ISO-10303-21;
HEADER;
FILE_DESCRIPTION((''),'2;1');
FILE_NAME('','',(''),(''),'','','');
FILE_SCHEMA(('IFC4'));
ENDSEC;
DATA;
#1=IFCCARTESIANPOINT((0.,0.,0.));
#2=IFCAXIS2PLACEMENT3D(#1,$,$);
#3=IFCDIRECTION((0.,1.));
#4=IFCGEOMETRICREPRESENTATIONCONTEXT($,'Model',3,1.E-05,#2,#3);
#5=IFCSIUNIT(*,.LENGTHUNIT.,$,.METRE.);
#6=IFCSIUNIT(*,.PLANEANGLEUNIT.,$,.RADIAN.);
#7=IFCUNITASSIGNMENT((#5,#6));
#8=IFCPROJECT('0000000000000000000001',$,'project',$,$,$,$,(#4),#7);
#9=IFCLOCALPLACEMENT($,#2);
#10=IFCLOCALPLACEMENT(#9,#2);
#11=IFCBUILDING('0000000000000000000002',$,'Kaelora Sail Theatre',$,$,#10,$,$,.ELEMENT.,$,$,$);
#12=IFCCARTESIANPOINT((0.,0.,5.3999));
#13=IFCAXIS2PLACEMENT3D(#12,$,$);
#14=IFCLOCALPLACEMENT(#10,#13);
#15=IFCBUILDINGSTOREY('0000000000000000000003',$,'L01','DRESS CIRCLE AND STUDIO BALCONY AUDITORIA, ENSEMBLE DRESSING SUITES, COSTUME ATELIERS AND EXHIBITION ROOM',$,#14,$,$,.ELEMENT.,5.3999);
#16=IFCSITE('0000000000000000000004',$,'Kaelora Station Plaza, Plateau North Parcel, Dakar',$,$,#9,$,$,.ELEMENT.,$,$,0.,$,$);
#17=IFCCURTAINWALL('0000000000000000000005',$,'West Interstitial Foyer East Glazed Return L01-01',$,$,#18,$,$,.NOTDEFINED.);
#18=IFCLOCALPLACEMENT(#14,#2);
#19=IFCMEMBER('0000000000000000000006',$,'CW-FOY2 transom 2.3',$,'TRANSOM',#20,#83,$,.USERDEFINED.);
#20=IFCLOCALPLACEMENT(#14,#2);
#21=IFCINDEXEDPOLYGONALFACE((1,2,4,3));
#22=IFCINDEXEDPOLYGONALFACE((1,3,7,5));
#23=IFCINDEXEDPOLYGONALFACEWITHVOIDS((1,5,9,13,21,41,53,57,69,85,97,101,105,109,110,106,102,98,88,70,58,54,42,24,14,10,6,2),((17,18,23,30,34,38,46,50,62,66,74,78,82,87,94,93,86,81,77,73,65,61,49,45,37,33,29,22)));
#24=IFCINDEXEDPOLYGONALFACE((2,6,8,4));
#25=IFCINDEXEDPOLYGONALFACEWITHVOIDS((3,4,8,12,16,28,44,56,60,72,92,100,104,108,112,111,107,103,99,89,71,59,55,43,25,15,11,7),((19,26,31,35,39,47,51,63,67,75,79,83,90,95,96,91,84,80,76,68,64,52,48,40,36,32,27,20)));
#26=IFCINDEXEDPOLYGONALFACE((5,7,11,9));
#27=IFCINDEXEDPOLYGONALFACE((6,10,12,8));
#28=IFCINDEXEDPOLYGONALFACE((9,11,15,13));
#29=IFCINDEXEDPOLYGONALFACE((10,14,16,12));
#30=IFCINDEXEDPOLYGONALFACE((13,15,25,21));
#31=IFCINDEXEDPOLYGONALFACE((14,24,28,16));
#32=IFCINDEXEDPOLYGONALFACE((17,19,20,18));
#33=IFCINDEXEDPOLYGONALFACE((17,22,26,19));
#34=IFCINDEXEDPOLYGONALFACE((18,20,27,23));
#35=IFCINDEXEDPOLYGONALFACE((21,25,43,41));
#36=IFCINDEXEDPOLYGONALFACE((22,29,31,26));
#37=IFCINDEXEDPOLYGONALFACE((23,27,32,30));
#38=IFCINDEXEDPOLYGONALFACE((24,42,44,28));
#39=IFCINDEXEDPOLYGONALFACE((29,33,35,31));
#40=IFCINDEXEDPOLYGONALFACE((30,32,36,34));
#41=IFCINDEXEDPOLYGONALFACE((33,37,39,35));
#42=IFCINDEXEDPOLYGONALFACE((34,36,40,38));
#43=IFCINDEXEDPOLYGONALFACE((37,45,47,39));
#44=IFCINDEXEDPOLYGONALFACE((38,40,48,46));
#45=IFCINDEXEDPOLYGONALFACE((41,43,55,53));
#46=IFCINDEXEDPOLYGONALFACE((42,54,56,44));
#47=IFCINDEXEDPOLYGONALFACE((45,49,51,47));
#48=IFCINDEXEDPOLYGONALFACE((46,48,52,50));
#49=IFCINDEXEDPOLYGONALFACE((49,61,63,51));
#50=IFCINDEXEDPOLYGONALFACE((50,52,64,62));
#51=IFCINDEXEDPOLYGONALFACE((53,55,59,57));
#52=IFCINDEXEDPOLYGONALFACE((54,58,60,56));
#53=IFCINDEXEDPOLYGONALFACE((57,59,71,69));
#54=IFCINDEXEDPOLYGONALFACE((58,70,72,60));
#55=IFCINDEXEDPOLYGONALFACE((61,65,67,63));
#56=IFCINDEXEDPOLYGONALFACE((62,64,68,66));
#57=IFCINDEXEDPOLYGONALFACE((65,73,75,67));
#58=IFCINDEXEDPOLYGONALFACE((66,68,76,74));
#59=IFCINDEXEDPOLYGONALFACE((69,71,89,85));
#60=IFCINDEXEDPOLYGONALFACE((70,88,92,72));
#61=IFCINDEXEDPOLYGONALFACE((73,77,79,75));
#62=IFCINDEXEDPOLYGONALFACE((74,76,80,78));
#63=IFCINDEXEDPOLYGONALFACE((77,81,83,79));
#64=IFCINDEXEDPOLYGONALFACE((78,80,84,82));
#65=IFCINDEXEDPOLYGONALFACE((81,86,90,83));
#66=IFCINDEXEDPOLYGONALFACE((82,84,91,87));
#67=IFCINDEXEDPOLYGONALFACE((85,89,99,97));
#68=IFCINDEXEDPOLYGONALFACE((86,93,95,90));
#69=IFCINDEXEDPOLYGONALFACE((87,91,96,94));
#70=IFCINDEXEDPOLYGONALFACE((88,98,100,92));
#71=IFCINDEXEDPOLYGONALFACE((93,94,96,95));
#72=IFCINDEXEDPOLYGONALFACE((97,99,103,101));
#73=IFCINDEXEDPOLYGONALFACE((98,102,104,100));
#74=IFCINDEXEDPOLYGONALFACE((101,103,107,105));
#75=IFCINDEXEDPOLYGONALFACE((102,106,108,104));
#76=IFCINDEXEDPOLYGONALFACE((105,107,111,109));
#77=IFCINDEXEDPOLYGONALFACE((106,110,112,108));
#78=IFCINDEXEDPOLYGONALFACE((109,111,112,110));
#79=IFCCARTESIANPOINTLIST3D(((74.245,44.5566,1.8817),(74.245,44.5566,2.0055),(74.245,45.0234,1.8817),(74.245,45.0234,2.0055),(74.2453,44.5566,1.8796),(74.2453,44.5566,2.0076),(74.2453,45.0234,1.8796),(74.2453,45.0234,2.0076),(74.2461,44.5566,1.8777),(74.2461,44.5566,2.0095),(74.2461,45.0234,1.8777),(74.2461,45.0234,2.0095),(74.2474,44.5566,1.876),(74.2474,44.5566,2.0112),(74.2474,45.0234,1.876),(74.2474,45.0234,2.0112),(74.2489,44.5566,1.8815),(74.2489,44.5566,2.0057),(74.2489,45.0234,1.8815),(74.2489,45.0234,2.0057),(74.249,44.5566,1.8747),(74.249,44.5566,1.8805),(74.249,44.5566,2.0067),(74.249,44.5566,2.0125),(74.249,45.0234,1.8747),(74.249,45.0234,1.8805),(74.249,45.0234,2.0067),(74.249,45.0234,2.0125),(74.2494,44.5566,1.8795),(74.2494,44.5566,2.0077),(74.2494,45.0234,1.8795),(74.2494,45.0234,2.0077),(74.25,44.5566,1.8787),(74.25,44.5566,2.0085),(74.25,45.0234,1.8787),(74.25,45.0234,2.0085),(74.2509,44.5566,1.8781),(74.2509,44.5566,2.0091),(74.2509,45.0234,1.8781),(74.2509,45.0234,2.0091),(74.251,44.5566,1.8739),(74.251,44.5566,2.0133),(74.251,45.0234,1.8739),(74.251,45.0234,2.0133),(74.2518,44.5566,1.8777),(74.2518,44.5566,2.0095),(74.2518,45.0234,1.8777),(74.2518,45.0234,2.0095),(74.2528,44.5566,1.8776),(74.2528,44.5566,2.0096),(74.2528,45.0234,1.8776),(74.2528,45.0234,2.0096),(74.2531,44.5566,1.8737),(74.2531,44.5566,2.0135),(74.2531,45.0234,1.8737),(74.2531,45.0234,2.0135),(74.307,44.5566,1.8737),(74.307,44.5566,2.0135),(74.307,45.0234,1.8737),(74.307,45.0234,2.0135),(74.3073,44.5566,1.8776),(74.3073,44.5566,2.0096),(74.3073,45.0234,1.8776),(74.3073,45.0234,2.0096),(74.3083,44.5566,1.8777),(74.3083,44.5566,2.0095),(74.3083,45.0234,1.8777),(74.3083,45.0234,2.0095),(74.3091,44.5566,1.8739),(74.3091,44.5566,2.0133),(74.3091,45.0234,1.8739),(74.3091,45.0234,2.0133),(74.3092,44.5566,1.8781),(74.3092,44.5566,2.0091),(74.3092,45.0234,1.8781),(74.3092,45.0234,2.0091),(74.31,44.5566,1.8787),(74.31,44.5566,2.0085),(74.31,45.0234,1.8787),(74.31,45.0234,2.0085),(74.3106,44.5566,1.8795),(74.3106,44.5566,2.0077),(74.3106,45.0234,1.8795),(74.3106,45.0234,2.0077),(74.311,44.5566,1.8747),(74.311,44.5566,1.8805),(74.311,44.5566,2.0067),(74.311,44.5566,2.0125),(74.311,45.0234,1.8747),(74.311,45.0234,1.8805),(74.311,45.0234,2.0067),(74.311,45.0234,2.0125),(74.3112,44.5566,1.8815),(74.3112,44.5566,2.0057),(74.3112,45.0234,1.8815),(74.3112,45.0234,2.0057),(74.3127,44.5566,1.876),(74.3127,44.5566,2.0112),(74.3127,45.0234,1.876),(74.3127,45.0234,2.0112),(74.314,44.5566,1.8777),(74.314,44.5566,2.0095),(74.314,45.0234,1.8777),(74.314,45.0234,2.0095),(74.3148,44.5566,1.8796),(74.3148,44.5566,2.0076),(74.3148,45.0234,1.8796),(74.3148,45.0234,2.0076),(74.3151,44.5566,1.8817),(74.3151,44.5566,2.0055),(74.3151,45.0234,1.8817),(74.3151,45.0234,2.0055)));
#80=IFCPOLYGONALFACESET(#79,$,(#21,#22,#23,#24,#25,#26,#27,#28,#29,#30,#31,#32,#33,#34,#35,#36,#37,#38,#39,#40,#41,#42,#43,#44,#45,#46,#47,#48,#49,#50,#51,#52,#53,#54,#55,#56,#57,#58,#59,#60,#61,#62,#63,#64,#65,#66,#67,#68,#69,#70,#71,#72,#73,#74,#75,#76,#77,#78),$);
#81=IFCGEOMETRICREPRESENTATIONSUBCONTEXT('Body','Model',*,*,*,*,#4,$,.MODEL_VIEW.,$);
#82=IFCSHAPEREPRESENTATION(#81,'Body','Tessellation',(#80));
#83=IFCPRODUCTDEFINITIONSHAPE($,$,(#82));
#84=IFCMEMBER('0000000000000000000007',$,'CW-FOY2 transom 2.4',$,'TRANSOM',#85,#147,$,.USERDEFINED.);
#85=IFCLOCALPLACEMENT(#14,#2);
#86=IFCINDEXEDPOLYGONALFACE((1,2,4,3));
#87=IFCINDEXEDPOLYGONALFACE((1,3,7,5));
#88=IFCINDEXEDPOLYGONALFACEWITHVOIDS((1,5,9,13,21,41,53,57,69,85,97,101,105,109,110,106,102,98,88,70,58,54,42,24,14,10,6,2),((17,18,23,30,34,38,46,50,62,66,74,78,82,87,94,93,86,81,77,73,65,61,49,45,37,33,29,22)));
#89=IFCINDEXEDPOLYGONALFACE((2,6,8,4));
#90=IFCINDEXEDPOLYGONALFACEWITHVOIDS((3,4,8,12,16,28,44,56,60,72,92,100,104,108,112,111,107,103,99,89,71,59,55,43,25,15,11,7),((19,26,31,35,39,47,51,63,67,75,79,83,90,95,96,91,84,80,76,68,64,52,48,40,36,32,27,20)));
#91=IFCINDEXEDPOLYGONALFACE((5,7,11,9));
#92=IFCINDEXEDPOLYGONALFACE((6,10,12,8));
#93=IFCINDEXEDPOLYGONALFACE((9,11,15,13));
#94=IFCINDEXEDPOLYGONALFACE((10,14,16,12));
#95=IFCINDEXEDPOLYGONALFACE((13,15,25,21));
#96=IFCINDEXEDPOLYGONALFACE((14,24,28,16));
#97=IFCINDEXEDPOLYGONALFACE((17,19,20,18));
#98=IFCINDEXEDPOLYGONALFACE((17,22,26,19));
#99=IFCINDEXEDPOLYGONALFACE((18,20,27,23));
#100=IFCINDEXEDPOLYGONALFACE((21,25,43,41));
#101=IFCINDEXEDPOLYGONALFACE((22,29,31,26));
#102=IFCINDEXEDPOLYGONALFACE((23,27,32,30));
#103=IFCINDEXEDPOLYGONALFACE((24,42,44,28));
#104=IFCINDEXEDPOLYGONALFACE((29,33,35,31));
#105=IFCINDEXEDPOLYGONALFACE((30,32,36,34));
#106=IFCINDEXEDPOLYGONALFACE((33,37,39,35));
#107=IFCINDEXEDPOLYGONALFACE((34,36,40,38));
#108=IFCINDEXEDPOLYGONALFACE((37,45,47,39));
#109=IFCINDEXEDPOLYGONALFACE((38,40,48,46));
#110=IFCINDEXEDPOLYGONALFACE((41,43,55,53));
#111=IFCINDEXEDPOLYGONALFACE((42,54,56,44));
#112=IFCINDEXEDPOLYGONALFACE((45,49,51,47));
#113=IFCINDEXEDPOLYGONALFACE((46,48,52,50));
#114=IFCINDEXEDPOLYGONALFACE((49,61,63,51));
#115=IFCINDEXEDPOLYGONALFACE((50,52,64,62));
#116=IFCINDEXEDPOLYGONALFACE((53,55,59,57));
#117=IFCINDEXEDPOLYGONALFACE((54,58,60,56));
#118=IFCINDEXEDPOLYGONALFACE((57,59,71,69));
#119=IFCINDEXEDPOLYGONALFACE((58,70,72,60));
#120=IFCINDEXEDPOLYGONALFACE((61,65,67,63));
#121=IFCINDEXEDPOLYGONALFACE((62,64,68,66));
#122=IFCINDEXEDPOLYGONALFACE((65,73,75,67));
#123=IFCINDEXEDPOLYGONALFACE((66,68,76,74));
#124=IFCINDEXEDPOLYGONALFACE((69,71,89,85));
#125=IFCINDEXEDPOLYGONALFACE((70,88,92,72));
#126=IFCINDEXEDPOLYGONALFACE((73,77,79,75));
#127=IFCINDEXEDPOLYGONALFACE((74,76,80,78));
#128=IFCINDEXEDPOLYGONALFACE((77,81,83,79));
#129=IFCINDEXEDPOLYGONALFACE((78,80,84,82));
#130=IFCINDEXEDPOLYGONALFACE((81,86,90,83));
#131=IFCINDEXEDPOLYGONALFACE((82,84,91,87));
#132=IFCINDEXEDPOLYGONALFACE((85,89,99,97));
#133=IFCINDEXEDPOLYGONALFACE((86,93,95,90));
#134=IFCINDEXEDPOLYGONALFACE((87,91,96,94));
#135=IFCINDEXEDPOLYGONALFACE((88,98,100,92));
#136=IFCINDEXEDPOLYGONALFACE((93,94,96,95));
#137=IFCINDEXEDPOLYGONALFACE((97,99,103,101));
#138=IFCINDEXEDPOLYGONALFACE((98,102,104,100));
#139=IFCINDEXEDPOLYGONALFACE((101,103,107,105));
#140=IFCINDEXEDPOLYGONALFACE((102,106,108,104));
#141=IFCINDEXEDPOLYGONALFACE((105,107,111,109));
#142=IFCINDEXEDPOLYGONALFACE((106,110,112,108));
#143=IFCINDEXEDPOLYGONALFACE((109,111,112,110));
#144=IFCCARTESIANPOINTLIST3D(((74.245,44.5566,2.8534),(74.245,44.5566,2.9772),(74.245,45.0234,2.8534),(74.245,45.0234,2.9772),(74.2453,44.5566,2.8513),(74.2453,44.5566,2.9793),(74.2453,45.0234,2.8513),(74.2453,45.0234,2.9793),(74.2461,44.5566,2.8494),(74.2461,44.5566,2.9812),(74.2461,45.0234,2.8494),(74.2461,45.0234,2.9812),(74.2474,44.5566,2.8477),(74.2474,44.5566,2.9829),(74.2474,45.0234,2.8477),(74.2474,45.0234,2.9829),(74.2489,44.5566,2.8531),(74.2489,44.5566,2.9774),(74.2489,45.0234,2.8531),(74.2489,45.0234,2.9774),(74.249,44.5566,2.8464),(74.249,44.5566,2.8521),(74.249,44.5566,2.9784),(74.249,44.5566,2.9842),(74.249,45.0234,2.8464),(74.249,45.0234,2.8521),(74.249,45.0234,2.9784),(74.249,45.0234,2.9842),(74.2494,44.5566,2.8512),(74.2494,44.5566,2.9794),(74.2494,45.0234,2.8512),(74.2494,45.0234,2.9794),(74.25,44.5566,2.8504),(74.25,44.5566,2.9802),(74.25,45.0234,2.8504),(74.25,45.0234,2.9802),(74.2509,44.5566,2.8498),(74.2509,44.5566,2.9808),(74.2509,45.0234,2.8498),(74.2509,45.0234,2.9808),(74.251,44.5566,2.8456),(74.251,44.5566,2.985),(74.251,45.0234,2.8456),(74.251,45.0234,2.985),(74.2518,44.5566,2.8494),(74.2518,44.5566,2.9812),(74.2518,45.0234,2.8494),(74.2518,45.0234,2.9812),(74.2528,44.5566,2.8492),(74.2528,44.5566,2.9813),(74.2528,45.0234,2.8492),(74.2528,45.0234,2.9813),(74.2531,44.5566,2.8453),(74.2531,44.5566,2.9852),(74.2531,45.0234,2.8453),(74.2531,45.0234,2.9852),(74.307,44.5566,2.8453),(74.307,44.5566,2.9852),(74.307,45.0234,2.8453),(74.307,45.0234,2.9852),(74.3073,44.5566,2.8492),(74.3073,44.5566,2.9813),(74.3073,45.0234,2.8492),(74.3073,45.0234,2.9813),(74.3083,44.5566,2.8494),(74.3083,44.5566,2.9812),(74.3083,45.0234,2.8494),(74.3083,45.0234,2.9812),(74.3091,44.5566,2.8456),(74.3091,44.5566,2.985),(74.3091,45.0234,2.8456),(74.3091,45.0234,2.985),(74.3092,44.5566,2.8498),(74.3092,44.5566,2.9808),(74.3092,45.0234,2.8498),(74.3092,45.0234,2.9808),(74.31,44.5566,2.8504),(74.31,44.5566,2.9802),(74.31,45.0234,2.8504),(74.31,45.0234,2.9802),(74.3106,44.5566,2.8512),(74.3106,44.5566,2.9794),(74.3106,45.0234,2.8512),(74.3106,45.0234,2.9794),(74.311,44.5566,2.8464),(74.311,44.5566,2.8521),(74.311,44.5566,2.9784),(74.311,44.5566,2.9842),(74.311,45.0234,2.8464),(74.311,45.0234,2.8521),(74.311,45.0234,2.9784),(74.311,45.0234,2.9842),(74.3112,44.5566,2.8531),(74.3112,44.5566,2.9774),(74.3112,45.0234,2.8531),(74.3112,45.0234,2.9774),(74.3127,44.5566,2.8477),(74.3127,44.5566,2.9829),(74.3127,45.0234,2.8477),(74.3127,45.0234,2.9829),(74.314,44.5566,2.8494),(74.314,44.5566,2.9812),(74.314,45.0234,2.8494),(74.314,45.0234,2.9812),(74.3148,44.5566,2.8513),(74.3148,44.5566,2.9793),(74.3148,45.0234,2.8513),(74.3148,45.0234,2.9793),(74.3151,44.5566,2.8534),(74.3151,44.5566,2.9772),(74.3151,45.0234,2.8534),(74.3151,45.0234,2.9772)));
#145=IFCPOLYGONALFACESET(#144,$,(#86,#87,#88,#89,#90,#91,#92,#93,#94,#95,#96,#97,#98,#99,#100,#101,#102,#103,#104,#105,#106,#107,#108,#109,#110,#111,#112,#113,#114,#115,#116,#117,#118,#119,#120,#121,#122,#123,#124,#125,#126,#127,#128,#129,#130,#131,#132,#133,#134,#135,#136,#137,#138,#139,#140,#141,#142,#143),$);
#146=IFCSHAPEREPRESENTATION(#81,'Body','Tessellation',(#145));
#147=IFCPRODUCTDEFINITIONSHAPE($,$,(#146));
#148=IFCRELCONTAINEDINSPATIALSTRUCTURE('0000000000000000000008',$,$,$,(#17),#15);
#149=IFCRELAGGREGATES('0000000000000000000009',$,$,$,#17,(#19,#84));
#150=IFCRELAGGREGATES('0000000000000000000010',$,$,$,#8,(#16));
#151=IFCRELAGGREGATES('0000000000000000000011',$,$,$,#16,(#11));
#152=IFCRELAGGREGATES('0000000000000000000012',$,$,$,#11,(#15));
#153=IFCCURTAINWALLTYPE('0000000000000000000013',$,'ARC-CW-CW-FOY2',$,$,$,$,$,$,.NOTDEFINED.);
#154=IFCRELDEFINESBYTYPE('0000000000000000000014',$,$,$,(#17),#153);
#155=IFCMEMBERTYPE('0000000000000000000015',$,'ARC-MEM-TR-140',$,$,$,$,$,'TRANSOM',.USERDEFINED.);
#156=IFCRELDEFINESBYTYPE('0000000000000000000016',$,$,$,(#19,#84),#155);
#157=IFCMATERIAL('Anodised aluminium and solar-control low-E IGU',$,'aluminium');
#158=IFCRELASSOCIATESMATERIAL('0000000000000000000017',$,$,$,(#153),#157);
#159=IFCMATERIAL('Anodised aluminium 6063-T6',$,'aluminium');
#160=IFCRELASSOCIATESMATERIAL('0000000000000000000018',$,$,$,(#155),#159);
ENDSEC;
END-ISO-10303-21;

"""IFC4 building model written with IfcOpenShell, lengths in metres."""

from ifc_helpers import new_model, si_unit, direction, frame, origin, origin_2d, place, context, subcontext, project, spatial, hollow_rectangle, extrude, material, material_profile, profile_set, type_object, element, aggregate, save


model = new_model("IFC4")

# Units and contexts
model_context = context("Model", 3, precision=1e-05, world=origin(), true_north=direction((0.0, 1.0)))
body_context = subcontext(model_context, "Body", "Model", "MODEL_VIEW")
ifc_project = project(units=[si_unit("LENGTHUNIT", "METRE"), si_unit("PLANEANGLEUNIT", "RADIAN")], contexts=[model_context])

# Site, building, storey
site_placement = place(None, origin())
site = spatial("IfcSite", under=ifc_project, at=site_placement, Name="Kaelora Station Plaza, Plateau North Parcel, Dakar", CompositionType="ELEMENT", RefElevation=0.0)
building_placement = place(site_placement, origin())
building = spatial("IfcBuilding", under=site, at=building_placement, Name="Kaelora Sail Theatre", CompositionType="ELEMENT")
storey_placement = place(building_placement, frame((0.0, 0.0, 5.3999)))
storey = spatial("IfcBuildingStorey", under=building, at=storey_placement, Name="L01", Description="DRESS CIRCLE AND STUDIO BALCONY AUDITORIA, ENSEMBLE DRESSING SUITES, COSTUME ATELIERS AND EXHIBITION ROOM", CompositionType="ELEMENT", Elevation=5.3999)

# Curtain wall, members
ifc_material_1 = material(Name="Anodised aluminium and solar-control low-E IGU", Category="aluminium")
curtain_wall_type = type_object("IfcCurtainWallType", Name="ARC-CW-CW-FOY2", PredefinedType="NOTDEFINED", material=ifc_material_1)
curtain_wall_placement = place(storey_placement, origin())
curtain_wall = element("IfcCurtainWall", 1, at=curtain_wall_placement, inside=storey, type_object=curtain_wall_type, Name="West Interstitial Foyer East Glazed Return L01-01", PredefinedType="NOTDEFINED")
ifc_material_2 = material(Name="Anodised aluminium 6063-T6", Category="aluminium")
ifc_material_profile_1 = material_profile(ifc_material_2, hollow_rectangle(XDim=0.0701, YDim=0.1399, WallThickness=0.0039, InnerFilletRadius=0.0039, OuterFilletRadius=0.0081, at=origin_2d()), Name="ALU-TRAN 70x140x4")
ifc_profile_set_1 = profile_set([ifc_material_profile_1], Name="Anodised aluminium 6063-T6")
member_type_1 = type_object("IfcMemberType", Name="ARC-MEM-TR-140", ElementType="TRANSOM", PredefinedType="USERDEFINED", material=ifc_profile_set_1)
member_1_placement = place(storey_placement, frame((74.28, 44.5566, 1.9436), z_axis=(0.0, 1.0, 0.0), x_axis=(-1.0, 0.0, 0.0)))
member_1 = element("IfcMember", 2, at=member_1_placement, type_object=member_type_1, Name="CW-FOY2 transom 2.3", ObjectType="TRANSOM", PredefinedType="USERDEFINED", context=body_context, shape_type="SweptSolid", body=[
    extrude(hollow_rectangle(XDim=0.0701, YDim=0.1399, WallThickness=0.0039, InnerFilletRadius=0.0039, OuterFilletRadius=0.0081, at=origin_2d()), origin(), (0.0, 0.0, 1.0), 0.4668),
])
member_2_placement = place(storey_placement, frame((74.28, 44.5566, 2.9153), z_axis=(0.0, 1.0, 0.0), x_axis=(-1.0, 0.0, 0.0)))
member_2 = element("IfcMember", 3, at=member_2_placement, type_object=member_type_1, Name="CW-FOY2 transom 2.4", ObjectType="TRANSOM", PredefinedType="USERDEFINED", context=body_context, shape_type="SweptSolid", body=[
    extrude(hollow_rectangle(XDim=0.0701, YDim=0.1399, WallThickness=0.0039, InnerFilletRadius=0.0039, OuterFilletRadius=0.0081, at=origin_2d()), origin(), (0.0, 0.0, 1.0), 0.4668),
])

aggregate(curtain_wall, [member_1, member_2])

save(model, "model.ifc")
